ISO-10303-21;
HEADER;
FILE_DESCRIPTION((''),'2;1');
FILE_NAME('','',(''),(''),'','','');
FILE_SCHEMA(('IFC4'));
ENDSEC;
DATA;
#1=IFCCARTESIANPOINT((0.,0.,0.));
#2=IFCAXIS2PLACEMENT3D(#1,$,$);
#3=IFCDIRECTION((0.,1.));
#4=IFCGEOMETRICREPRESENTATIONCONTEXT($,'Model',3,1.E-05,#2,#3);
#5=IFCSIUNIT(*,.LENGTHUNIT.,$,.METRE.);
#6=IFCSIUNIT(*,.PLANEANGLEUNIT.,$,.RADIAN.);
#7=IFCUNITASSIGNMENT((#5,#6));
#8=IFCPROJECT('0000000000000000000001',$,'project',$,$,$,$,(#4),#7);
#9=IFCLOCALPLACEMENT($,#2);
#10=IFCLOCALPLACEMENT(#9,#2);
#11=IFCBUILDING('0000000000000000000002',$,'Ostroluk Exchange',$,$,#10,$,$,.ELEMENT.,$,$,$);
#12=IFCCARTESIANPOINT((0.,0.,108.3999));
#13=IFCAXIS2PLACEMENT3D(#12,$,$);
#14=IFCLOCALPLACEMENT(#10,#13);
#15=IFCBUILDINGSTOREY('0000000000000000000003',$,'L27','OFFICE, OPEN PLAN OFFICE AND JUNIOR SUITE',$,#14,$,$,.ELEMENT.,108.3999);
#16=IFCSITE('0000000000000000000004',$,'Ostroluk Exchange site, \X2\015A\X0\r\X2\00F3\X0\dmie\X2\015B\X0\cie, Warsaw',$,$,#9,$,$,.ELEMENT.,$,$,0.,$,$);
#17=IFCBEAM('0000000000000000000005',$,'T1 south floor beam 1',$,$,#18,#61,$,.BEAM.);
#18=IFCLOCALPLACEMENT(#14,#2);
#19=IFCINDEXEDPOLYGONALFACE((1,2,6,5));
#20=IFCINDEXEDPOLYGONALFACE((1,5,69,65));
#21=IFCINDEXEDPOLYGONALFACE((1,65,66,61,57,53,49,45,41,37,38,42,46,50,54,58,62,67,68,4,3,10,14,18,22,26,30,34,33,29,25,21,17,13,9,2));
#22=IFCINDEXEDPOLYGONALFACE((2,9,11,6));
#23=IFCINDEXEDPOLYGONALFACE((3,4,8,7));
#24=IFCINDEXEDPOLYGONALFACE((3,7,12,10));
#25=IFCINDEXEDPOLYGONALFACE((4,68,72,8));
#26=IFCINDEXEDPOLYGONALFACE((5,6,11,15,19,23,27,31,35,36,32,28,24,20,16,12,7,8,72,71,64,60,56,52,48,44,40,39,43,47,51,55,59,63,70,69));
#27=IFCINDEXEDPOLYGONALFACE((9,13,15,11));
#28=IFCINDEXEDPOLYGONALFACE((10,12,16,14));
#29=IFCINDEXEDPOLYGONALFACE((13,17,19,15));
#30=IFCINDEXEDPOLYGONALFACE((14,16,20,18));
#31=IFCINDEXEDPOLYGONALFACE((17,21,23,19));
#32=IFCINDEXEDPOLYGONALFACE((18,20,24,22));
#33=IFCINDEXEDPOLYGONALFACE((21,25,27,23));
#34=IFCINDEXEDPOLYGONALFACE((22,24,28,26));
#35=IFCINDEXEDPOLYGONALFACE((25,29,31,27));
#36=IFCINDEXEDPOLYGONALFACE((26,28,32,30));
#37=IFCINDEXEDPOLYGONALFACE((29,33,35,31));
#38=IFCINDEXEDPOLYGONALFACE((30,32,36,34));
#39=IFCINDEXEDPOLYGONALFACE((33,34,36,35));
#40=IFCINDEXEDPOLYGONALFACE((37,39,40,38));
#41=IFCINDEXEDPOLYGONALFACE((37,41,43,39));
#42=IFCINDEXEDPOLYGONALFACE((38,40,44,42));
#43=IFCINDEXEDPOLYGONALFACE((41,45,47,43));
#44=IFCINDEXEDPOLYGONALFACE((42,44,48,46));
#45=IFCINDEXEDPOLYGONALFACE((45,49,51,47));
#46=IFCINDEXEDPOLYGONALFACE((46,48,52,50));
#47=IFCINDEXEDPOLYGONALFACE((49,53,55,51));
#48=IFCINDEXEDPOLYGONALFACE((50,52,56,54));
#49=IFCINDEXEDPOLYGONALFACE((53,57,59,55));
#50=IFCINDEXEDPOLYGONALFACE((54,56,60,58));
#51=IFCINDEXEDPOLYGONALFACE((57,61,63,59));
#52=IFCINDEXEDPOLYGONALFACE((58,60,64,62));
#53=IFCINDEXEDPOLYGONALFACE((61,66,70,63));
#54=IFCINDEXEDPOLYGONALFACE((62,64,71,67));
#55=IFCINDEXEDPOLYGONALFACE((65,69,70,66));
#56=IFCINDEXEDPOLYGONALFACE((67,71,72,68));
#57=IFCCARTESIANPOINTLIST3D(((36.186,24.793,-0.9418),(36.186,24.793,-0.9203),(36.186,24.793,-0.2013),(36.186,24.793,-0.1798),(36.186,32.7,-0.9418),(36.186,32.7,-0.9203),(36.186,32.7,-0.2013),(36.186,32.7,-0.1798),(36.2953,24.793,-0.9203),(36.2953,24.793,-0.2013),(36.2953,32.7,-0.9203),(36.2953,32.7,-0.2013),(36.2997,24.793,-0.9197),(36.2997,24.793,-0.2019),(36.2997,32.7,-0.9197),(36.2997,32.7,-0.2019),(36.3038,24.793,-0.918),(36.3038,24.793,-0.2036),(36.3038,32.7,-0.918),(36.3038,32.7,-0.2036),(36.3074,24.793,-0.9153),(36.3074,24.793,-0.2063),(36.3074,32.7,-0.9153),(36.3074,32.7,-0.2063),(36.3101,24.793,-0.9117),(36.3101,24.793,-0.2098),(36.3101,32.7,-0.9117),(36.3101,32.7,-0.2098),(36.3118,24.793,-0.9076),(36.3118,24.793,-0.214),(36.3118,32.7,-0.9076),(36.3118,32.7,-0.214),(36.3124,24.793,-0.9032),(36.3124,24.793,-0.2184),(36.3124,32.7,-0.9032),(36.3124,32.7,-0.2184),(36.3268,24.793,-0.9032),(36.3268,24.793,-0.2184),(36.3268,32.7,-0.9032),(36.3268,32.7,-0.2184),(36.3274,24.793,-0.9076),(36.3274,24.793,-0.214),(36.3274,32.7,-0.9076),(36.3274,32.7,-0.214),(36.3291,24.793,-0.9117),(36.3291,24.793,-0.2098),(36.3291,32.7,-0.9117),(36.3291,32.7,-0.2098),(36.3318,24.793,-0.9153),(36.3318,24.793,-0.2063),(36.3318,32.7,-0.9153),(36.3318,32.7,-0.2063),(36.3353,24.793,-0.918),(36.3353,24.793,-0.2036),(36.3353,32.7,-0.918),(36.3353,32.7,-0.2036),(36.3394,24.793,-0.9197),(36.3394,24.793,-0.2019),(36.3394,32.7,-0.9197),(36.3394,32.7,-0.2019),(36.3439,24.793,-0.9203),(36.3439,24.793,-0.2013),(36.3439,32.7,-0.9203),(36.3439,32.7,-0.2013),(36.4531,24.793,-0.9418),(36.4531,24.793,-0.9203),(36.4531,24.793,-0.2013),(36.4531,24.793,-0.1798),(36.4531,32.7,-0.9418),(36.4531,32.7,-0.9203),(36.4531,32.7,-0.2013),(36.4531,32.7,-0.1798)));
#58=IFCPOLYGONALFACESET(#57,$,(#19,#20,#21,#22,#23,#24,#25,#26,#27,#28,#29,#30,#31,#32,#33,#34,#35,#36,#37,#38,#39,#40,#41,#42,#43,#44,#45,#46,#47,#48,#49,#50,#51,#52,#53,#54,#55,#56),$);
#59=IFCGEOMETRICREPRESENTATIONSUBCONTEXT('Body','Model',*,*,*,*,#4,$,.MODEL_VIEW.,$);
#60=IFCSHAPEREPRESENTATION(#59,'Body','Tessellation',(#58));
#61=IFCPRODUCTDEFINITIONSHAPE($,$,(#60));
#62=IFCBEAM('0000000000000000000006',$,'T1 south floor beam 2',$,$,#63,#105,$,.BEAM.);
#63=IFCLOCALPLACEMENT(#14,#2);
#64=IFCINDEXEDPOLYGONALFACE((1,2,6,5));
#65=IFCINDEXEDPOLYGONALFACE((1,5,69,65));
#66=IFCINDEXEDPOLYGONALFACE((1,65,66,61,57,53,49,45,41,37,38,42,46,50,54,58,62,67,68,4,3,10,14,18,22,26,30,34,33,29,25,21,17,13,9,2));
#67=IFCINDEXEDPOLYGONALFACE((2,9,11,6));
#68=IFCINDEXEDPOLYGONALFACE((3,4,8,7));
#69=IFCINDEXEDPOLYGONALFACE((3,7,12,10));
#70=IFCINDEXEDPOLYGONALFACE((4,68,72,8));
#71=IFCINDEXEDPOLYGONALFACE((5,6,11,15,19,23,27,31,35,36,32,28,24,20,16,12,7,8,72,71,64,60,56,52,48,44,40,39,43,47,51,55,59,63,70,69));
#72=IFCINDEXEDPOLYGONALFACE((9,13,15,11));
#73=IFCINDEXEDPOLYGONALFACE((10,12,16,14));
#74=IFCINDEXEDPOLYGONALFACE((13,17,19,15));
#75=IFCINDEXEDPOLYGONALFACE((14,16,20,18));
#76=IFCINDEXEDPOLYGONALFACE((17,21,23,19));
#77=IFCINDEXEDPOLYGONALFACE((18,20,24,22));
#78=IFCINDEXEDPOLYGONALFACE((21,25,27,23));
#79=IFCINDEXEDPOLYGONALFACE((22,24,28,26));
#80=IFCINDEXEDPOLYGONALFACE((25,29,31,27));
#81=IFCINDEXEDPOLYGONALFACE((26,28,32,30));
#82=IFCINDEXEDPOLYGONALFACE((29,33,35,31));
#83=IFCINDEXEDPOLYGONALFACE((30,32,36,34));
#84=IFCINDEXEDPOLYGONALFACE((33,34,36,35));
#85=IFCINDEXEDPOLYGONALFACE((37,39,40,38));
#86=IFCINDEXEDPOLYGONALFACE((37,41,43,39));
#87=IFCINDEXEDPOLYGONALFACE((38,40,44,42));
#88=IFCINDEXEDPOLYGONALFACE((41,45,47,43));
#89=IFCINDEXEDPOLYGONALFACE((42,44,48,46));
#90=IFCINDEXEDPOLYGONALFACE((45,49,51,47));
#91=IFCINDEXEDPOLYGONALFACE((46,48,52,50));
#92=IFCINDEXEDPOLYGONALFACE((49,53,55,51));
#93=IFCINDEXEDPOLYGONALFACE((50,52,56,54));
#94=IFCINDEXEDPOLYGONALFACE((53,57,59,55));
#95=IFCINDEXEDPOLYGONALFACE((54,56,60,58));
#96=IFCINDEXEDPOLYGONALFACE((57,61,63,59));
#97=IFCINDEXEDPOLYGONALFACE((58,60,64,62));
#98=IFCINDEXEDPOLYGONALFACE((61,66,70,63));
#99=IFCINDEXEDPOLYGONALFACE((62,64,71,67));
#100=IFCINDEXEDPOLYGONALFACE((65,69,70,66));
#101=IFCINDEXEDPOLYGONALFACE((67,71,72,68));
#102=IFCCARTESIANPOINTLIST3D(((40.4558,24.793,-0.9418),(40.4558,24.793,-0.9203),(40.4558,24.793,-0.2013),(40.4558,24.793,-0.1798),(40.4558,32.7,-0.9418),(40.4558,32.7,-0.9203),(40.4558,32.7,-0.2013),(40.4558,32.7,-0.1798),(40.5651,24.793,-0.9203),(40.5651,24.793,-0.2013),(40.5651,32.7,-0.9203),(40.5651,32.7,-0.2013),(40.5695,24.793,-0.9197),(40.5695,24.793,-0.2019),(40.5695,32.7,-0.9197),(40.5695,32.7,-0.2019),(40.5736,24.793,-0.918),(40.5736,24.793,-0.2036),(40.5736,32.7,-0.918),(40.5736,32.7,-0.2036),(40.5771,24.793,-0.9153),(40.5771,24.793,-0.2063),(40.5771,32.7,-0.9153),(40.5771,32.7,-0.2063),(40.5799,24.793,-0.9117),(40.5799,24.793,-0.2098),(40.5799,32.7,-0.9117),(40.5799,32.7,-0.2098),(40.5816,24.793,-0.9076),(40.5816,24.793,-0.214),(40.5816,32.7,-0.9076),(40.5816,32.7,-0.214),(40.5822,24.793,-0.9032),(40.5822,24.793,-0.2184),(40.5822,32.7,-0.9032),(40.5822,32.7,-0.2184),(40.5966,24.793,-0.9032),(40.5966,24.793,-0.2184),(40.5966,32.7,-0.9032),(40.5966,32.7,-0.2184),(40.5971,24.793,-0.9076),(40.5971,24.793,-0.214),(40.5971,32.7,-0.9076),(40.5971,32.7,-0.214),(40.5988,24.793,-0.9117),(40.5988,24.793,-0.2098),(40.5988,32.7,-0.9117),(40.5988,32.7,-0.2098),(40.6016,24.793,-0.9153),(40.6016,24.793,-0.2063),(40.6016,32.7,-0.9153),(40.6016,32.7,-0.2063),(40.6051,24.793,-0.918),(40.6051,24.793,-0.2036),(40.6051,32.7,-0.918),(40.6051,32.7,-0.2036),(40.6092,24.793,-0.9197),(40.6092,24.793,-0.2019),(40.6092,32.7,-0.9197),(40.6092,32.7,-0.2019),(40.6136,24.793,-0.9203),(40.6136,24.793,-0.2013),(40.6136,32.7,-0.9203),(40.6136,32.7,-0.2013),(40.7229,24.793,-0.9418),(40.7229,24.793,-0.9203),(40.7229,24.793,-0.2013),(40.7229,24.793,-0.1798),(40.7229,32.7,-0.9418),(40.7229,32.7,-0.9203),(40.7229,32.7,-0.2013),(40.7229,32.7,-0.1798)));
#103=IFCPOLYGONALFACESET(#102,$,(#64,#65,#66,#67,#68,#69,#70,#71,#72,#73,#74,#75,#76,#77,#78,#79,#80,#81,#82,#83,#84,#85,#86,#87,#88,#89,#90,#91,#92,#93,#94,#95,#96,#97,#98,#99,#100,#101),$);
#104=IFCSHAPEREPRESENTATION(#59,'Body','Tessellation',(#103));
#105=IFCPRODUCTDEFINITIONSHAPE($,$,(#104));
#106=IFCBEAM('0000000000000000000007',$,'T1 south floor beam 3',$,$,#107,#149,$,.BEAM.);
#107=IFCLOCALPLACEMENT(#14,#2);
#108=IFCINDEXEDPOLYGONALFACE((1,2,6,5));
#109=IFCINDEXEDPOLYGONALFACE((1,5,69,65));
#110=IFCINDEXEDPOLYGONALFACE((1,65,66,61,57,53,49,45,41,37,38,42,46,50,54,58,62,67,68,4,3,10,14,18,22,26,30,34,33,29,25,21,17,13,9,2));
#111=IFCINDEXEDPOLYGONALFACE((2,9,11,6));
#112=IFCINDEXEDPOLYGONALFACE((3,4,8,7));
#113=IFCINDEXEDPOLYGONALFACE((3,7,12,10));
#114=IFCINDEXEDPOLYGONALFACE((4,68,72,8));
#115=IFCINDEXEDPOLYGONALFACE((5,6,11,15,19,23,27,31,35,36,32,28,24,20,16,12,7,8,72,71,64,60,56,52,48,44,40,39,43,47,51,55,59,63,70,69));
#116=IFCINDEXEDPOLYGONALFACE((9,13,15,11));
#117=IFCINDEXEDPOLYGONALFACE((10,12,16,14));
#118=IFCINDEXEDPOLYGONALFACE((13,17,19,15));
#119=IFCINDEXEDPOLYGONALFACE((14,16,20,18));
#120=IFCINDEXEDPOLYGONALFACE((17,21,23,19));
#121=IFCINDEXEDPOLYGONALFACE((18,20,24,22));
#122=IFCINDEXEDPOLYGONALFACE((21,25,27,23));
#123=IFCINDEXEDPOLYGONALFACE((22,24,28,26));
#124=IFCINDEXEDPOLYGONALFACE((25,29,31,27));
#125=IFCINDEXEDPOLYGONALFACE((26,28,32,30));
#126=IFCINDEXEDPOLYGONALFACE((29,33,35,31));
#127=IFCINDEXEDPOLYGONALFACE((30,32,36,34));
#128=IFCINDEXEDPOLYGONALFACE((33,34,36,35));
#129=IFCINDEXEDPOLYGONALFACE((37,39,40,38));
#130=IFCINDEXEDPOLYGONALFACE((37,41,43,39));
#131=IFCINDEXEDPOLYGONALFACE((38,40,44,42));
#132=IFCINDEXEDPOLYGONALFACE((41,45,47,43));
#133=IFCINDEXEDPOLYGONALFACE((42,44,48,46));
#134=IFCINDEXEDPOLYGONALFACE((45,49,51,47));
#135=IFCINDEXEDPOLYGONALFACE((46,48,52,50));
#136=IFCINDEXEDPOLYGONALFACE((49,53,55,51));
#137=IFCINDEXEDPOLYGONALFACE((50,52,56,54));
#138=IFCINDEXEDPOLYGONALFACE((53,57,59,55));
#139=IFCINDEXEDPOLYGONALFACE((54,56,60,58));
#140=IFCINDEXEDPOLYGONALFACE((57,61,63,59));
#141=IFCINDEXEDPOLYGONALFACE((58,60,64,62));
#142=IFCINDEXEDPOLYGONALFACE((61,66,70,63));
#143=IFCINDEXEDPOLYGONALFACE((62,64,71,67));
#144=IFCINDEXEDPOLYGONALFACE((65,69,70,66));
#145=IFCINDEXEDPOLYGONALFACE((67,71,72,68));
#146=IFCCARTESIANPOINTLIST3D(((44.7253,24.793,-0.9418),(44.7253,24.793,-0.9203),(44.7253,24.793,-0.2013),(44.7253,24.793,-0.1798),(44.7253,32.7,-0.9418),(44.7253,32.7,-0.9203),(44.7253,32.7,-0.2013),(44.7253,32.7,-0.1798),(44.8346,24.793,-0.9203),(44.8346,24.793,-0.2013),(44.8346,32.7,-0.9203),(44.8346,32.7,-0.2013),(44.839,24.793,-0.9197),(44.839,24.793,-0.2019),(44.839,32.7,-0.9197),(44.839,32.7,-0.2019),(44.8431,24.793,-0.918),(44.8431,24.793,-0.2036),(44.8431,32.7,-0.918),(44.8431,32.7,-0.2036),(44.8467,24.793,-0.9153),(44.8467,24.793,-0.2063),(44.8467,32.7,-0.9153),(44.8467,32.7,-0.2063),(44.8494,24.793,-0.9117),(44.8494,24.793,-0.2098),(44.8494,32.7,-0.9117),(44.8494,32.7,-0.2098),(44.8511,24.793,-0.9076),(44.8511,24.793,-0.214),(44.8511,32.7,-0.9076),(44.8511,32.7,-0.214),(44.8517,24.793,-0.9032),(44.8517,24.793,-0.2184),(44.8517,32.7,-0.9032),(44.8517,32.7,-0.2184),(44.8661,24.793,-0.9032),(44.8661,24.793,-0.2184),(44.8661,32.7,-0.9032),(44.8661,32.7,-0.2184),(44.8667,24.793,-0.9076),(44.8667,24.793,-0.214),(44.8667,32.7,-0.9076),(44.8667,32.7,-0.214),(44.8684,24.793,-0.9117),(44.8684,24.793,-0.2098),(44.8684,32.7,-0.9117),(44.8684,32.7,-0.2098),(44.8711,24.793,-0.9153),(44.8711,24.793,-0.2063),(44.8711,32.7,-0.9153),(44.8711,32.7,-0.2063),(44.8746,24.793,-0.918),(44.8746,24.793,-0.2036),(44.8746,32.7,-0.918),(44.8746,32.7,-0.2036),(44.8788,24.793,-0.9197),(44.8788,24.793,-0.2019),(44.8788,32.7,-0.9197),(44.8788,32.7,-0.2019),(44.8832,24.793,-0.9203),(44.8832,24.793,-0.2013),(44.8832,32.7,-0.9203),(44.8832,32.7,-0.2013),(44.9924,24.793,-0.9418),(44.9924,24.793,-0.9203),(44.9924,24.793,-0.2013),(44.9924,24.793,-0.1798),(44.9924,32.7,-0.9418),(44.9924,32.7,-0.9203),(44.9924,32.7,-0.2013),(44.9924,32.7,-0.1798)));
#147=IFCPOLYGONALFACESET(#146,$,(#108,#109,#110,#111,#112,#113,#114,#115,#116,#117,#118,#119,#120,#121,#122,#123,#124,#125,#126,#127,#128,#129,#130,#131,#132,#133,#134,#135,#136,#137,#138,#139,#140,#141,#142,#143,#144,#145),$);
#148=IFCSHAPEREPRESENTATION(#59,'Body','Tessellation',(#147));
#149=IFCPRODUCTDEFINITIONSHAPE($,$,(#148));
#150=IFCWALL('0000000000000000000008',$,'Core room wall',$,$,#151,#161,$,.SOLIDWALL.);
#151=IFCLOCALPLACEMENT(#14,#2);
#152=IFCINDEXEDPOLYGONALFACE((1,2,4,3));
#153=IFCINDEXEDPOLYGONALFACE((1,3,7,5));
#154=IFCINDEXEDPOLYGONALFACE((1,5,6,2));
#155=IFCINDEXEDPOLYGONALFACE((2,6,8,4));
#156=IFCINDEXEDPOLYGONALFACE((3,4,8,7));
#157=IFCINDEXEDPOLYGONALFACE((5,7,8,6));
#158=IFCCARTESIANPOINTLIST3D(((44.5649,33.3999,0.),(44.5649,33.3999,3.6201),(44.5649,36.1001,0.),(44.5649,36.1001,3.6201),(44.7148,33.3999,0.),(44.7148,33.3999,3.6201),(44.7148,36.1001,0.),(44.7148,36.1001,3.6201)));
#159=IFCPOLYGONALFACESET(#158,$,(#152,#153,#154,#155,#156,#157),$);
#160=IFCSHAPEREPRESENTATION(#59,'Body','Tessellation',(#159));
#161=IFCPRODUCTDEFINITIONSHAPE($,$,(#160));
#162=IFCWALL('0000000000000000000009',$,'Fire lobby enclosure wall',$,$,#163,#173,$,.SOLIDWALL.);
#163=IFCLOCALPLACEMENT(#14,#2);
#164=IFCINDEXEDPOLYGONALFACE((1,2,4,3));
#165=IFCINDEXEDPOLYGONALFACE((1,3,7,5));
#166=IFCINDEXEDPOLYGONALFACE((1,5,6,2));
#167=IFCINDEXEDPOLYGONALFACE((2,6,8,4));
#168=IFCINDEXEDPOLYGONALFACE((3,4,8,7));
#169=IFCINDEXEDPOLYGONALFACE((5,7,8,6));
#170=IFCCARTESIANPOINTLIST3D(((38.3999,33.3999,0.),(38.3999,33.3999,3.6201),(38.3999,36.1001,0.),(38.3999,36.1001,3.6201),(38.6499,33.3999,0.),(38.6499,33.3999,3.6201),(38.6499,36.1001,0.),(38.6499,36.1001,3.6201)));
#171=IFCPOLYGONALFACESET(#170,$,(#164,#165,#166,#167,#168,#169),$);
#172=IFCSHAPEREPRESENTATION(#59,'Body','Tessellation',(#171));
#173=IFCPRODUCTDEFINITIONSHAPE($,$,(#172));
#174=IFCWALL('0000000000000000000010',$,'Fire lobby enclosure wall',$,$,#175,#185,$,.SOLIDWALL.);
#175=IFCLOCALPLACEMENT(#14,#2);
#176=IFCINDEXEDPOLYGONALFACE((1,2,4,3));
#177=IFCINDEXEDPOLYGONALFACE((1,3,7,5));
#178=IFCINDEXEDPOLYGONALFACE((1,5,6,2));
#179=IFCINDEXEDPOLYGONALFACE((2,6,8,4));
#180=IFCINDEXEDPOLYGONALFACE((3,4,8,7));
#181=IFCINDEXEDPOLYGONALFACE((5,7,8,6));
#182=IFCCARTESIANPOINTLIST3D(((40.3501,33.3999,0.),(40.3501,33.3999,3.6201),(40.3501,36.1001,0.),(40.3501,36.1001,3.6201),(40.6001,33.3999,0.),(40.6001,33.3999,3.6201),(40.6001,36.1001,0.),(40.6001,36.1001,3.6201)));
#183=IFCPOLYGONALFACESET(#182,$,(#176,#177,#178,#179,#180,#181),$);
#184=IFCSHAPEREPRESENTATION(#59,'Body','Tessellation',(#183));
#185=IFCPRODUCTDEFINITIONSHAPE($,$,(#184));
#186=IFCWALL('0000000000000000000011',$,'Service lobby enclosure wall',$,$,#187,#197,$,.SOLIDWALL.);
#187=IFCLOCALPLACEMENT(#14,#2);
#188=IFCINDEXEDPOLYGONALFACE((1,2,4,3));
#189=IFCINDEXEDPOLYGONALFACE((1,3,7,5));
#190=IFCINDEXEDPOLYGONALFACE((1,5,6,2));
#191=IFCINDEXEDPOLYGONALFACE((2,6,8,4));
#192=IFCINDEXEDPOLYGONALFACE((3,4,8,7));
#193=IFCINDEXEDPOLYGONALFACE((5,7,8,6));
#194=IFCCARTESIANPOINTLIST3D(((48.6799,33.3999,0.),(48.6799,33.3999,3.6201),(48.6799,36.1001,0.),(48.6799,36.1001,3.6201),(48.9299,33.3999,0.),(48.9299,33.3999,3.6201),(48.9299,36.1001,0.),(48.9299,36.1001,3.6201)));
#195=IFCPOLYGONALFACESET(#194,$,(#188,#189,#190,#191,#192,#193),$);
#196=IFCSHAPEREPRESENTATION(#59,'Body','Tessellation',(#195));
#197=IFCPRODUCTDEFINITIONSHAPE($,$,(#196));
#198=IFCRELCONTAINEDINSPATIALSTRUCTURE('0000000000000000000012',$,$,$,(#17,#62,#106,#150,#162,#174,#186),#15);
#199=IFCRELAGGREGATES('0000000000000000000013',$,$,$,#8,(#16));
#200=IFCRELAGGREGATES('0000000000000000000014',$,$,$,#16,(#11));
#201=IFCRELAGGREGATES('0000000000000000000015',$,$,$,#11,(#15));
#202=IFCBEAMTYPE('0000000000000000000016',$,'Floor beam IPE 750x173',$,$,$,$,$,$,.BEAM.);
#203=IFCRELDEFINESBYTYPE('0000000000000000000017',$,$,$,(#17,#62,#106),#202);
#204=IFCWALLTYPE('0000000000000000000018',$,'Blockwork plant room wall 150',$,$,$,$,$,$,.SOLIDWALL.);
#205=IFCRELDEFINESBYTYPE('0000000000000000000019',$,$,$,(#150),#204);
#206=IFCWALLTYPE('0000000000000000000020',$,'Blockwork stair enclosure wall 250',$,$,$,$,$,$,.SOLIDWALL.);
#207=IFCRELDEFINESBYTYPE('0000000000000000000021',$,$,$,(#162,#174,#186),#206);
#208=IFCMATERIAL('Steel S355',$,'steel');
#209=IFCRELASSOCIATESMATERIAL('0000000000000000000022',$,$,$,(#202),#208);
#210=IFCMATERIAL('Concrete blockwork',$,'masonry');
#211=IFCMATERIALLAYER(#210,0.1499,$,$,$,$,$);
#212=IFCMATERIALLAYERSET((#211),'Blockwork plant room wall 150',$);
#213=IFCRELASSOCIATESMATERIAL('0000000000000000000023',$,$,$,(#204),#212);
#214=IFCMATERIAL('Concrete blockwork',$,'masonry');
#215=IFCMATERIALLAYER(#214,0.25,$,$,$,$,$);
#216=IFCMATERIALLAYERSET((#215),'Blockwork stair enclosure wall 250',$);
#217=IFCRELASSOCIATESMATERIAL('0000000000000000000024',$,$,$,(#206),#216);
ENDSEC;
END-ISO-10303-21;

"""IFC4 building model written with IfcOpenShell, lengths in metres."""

from ifc_helpers import new_model, si_unit, direction, frame, frame_2d, origin, origin_2d, place, context, subcontext, project, spatial, rectangle, i_section, extrude, material, layer, layer_set, material_profile, profile_set, type_object, element, save


model = new_model("IFC4")

# Units and contexts
model_context = context("Model", 3, precision=1e-05, world=origin(), true_north=direction((0.0, 1.0)))
body_context = subcontext(model_context, "Body", "Model", "MODEL_VIEW")
ifc_project = project(units=[si_unit("LENGTHUNIT", "METRE"), si_unit("PLANEANGLEUNIT", "RADIAN")], contexts=[model_context])

# Site, building, storey
site_placement = place(None, origin())
site = spatial("IfcSite", under=ifc_project, at=site_placement, Name="Ostroluk Exchange site, Śródmieście, Warsaw", CompositionType="ELEMENT", RefElevation=0.0)
building_placement = place(site_placement, origin())
building = spatial("IfcBuilding", under=site, at=building_placement, Name="Ostroluk Exchange", CompositionType="ELEMENT")
storey_placement = place(building_placement, frame((0.0, 0.0, 108.3999)))
storey = spatial("IfcBuildingStorey", under=building, at=storey_placement, Name="L27", Description="OFFICE, OPEN PLAN OFFICE AND JUNIOR SUITE", CompositionType="ELEMENT", Elevation=108.3999)

# Beams
ifc_material_1 = material(Name="Steel S355", Category="steel")
ifc_material_profile = material_profile(ifc_material_1, i_section(OverallWidth=0.2671, OverallDepth=0.762, WebThickness=0.0144, FlangeThickness=0.0215, FilletRadius=0.0171, at=origin_2d()), Name="IPE 750x173")
ifc_profile_set = profile_set([ifc_material_profile], Name="Steel S355")
beam_type = type_object("IfcBeamType", Name="Floor beam IPE 750x173", PredefinedType="BEAM", material=ifc_profile_set)
for number, where, z_axis, x_axis, name in (
    (1, (36.3196, 32.7, -0.5608), (0.0, -1.0, 0.0), (1.0, 0.0, 0.0), "T1 south floor beam 1"),
    (2, (40.5894, 32.7, -0.5608), (0.0, -1.0, 0.0), (1.0, 0.0, 0.0), "T1 south floor beam 2"),
    (3, (44.8589, 32.7, -0.5608), (0.0, -1.0, 0.0), (1.0, 0.0, 0.0), "T1 south floor beam 3"),
):
    element("IfcBeam", number, at=place(storey_placement, frame(where, z_axis=z_axis, x_axis=x_axis)), inside=storey, type_object=beam_type, Name=name, PredefinedType="BEAM", context=body_context, shape_type="SweptSolid", body=[
        extrude(i_section(OverallWidth=0.2671, OverallDepth=0.762, WebThickness=0.0144, FlangeThickness=0.0215, FilletRadius=0.0171, at=origin_2d()), origin(), (0.0, 0.0, 1.0), 7.907),
    ])

# Walls
ifc_material_2 = material(Name="Concrete blockwork", Category="masonry")
ifc_layer_1 = layer(ifc_material_2, 0.1499)
ifc_layer_set_1 = layer_set([ifc_layer_1], Name="Blockwork plant room wall 150")
wall_type_1 = type_object("IfcWallType", Name="Blockwork plant room wall 150", PredefinedType="SOLIDWALL", material=ifc_layer_set_1)
wall_1_placement = place(storey_placement, frame((44.6399, 33.3999, 0.0), z_axis=(0.0, 0.0, 1.0), x_axis=(0.0, 1.0, 0.0)))
element("IfcWall", 4, at=wall_1_placement, inside=storey, type_object=wall_type_1, Name="Core room wall", PredefinedType="SOLIDWALL", context=body_context, shape_type="SweptSolid", body=[
    extrude(rectangle(XDim=2.7002, YDim=0.1499, at=frame_2d((1.3501, 0.0))), origin(), (0.0, 0.0, 1.0), 3.6201),
])
ifc_material_3 = material(Name="Concrete blockwork", Category="masonry")
ifc_layer_2 = layer(ifc_material_3, 0.25)
ifc_layer_set_2 = layer_set([ifc_layer_2], Name="Blockwork stair enclosure wall 250")
wall_type_2 = type_object("IfcWallType", Name="Blockwork stair enclosure wall 250", PredefinedType="SOLIDWALL", material=ifc_layer_set_2)
for number, where, z_axis, x_axis, name in (
    (5, (38.5249, 33.3999, 0.0), (0.0, 0.0, 1.0), (0.0, 1.0, 0.0), "Fire lobby enclosure wall"),
    (6, (40.4751, 33.3999, 0.0), (0.0, 0.0, 1.0), (0.0, 1.0, 0.0), "Fire lobby enclosure wall"),
    (7, (48.8049, 33.3999, 0.0), (0.0, 0.0, 1.0), (0.0, 1.0, 0.0), "Service lobby enclosure wall"),
):
    element("IfcWall", number, at=place(storey_placement, frame(where, z_axis=z_axis, x_axis=x_axis)), inside=storey, type_object=wall_type_2, Name=name, PredefinedType="SOLIDWALL", context=body_context, shape_type="SweptSolid", body=[
        extrude(rectangle(XDim=2.7002, YDim=0.25, at=frame_2d((1.3501, 0.0))), origin(), (0.0, 0.0, 1.0), 3.6201),
    ])

save(model, "model.ifc")
